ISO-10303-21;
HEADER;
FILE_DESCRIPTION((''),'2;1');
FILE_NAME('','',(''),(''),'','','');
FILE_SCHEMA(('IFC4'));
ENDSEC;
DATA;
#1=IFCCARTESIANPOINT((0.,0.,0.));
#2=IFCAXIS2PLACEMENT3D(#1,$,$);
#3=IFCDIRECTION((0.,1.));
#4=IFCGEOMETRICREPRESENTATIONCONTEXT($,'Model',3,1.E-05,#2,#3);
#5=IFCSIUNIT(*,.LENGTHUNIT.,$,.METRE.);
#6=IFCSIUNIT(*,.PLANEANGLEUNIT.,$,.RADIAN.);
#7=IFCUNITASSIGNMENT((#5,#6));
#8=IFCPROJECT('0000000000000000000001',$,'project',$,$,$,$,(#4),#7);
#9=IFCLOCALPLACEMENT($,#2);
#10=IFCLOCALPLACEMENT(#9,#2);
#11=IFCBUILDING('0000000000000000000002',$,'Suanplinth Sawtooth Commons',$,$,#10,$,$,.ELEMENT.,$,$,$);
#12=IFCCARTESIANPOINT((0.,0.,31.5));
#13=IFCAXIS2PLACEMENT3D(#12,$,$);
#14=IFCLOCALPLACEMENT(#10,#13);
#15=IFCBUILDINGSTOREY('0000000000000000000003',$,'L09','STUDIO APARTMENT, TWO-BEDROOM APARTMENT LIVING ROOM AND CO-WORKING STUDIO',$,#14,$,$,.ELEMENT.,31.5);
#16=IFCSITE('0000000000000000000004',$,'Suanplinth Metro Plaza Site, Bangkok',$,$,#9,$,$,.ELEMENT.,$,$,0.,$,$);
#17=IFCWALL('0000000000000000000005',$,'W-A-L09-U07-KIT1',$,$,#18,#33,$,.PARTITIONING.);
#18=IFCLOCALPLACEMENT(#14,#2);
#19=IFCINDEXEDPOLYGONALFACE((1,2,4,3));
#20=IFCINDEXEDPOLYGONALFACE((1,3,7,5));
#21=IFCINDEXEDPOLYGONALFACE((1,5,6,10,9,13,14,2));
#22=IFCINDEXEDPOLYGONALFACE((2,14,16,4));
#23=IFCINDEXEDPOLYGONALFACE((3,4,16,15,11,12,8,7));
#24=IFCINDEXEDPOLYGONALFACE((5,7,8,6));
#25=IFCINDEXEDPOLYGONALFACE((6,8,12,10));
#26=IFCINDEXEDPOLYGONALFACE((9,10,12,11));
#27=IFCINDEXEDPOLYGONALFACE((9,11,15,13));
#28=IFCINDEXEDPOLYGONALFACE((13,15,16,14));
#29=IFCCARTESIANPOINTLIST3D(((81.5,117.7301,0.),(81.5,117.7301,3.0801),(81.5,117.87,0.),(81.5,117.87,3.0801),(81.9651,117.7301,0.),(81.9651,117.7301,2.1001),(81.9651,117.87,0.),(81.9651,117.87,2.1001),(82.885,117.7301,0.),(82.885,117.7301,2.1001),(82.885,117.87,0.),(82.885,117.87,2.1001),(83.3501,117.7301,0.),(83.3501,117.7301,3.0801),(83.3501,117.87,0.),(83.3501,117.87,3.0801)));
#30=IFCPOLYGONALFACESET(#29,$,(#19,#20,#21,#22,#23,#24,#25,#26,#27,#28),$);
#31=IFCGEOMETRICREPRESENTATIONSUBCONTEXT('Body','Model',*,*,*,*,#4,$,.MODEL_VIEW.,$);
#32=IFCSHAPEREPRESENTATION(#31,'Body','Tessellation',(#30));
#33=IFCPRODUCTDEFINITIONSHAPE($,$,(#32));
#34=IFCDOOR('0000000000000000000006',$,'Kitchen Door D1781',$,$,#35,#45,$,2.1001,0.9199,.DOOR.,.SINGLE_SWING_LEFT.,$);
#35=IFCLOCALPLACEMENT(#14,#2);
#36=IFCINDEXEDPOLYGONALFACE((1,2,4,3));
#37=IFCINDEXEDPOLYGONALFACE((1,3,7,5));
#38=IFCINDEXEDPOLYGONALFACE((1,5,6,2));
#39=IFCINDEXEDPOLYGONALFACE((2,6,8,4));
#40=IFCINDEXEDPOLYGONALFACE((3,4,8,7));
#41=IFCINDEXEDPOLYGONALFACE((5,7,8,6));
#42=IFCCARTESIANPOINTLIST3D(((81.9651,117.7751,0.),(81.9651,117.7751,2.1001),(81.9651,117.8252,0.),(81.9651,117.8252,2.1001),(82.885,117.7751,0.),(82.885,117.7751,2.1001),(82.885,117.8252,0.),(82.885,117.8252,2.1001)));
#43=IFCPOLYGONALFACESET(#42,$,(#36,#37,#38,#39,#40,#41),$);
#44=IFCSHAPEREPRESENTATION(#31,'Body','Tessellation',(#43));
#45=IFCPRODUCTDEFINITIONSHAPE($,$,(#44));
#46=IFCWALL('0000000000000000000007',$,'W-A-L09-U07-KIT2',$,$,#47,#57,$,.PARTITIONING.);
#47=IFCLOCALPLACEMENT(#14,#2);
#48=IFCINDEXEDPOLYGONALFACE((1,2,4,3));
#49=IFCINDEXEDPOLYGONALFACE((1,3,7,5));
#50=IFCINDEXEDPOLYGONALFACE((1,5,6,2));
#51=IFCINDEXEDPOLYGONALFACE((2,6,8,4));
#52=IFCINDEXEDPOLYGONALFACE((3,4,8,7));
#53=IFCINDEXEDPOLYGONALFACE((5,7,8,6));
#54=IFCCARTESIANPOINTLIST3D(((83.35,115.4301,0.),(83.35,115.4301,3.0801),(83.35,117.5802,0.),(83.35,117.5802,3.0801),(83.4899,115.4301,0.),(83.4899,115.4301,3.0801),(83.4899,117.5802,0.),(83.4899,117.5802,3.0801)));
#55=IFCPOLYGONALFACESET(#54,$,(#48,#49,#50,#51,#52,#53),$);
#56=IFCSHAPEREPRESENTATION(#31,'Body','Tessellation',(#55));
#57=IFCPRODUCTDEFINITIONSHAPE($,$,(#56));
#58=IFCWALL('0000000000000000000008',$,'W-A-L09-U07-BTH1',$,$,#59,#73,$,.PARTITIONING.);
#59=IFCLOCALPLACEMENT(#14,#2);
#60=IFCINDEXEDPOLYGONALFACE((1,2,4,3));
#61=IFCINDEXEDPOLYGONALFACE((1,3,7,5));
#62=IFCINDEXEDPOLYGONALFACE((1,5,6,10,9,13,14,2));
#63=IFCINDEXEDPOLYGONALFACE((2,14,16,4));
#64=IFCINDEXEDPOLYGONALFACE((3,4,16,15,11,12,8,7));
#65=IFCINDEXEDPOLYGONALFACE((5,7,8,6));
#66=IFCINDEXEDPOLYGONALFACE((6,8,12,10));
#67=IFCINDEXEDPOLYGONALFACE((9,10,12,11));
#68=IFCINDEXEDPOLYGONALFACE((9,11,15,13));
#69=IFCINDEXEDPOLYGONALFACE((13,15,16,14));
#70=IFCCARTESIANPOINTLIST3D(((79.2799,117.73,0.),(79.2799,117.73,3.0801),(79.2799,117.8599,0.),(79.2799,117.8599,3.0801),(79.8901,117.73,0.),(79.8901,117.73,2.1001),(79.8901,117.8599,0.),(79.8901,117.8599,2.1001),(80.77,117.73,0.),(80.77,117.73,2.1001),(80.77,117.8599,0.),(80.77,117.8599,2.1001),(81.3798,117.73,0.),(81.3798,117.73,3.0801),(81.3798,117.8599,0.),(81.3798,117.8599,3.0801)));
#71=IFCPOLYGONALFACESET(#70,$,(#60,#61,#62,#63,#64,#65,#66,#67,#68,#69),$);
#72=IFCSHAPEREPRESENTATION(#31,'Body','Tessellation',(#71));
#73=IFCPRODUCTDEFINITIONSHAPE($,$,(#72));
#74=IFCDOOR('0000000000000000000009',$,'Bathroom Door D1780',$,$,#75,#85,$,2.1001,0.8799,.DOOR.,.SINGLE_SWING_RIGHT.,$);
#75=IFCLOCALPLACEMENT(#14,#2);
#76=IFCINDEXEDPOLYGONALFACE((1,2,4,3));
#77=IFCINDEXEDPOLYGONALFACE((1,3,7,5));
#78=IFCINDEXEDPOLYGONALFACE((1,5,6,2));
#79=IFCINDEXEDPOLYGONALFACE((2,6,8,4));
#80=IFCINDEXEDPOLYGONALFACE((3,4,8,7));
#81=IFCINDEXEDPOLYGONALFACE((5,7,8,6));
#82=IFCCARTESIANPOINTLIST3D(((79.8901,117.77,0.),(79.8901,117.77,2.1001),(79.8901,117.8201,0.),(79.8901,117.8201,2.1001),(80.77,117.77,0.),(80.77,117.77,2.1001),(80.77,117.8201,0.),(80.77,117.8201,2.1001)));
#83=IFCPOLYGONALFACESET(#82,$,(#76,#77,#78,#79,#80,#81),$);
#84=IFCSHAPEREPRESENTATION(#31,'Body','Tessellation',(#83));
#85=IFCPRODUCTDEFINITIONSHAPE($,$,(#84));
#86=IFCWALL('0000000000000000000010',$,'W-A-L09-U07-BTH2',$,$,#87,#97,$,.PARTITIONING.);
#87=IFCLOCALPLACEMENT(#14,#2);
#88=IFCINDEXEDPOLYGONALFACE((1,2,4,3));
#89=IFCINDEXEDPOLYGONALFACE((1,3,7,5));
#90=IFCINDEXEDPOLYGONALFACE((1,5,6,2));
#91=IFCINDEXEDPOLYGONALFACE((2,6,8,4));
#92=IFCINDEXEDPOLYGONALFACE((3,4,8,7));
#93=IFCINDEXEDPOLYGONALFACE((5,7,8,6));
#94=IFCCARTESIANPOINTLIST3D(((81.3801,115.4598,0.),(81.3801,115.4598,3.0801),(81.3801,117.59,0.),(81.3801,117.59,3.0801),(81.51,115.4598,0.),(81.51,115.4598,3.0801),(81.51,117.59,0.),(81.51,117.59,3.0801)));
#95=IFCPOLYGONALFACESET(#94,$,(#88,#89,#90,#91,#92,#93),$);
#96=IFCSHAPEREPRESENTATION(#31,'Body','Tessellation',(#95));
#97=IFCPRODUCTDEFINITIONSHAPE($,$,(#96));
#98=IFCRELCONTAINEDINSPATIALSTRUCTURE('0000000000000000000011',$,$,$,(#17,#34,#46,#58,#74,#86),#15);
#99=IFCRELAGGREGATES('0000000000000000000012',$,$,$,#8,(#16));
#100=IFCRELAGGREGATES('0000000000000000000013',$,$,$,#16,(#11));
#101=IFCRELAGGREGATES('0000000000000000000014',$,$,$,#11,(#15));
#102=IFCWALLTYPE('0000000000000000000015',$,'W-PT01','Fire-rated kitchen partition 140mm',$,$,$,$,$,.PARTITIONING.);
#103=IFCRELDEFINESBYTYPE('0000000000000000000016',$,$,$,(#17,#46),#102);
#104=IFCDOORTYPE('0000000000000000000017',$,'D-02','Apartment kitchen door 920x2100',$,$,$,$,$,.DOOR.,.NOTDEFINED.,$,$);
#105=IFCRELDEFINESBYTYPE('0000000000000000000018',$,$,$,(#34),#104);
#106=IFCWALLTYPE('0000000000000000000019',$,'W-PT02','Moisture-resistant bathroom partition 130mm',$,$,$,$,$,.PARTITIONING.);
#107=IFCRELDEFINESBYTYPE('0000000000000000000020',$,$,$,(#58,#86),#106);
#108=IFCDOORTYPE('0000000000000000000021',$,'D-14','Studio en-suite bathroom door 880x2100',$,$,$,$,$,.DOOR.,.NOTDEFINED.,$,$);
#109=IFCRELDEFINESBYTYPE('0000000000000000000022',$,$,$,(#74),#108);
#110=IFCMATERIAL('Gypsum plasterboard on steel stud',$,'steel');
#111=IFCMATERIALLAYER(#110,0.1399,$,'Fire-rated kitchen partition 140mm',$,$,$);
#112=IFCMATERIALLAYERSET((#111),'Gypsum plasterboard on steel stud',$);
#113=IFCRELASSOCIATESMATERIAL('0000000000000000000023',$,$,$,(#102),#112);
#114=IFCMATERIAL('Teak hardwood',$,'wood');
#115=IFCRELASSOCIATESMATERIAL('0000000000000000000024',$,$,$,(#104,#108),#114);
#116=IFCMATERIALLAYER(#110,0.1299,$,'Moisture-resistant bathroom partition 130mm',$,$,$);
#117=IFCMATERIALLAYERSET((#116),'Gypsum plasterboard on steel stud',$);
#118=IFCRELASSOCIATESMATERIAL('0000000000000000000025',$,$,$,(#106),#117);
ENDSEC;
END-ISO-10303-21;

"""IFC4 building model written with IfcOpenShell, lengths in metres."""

from ifc_helpers import new_model, si_unit, direction, frame, frame_2d, origin, place, context, subcontext, project, spatial, rectangle, extrude, material, layer, layer_set, type_object, element, fill, save


model = new_model("IFC4")

# Units and contexts
model_context = context("Model", 3, precision=1e-05, world=origin(), true_north=direction((0.0, 1.0)))
body_context = subcontext(model_context, "Body", "Model", "MODEL_VIEW")
ifc_project = project(units=[si_unit("LENGTHUNIT", "METRE"), si_unit("PLANEANGLEUNIT", "RADIAN")], contexts=[model_context])

# Site, building, storey
site_placement = place(None, origin())
site = spatial("IfcSite", under=ifc_project, at=site_placement, Name="Suanplinth Metro Plaza Site, Bangkok", CompositionType="ELEMENT", RefElevation=0.0)
building_placement = place(site_placement, origin())
building = spatial("IfcBuilding", under=site, at=building_placement, Name="Suanplinth Sawtooth Commons", CompositionType="ELEMENT")
storey_placement = place(building_placement, frame((0.0, 0.0, 31.5)))
storey = spatial("IfcBuildingStorey", under=building, at=storey_placement, Name="L09", Description="STUDIO APARTMENT, TWO-BEDROOM APARTMENT LIVING ROOM AND CO-WORKING STUDIO", CompositionType="ELEMENT", Elevation=31.5)

# Wall, opening, door
ifc_material_1 = material(Name="Gypsum plasterboard on steel stud", Category="steel")
ifc_layer_1 = layer(ifc_material_1, 0.1399, Name="Fire-rated kitchen partition 140mm")
ifc_layer_set_1 = layer_set([ifc_layer_1], Name="Gypsum plasterboard on steel stud")
wall_type_1 = type_object("IfcWallType", Name="W-PT01", Description="Fire-rated kitchen partition 140mm", PredefinedType="PARTITIONING", material=ifc_layer_set_1)
wall_1_placement = place(storey_placement, frame((81.5, 117.8, 0.0), z_axis=(0.0, 0.0, 1.0), x_axis=(1.0, 0.0, 0.0)))
wall_1 = element("IfcWall", 1, at=wall_1_placement, inside=storey, type_object=wall_type_1, Name="W-A-L09-U07-KIT1", PredefinedType="PARTITIONING", context=body_context, shape_type="SweptSolid", body=[
    extrude(rectangle(XDim=1.8501, YDim=0.1399, at=frame_2d((0.925, 0.0))), origin(), (0.0, 0.0, 1.0), 3.0801),
])
opening_1_placement = place(wall_1_placement, frame((0.4651, 0.0, 0.0)))
opening_1 = element("IfcOpeningElement", 2, at=opening_1_placement, cuts=wall_1, PredefinedType="OPENING", context=body_context, shape_type="SweptSolid", body=[
    extrude(rectangle(XDim=0.9199, YDim=2.1001, at=frame_2d((0.46, 1.05))), frame((0.0, 0.085, 0.0), z_axis=(0.0, -1.0, 0.0), x_axis=(1.0, 0.0, 0.0)), (0.0, 0.0, 1.0), 0.1697),
])
ifc_material_2 = material(Name="Teak hardwood", Category="wood")
door_type_1 = type_object("IfcDoorType", Name="D-02", Description="Apartment kitchen door 920x2100", OperationType="NOTDEFINED", PredefinedType="DOOR", material=ifc_material_2)
door_1_placement = place(opening_1_placement, frame((0.9199, 0.0, 0.0), z_axis=(0.0, 0.0, 1.0), x_axis=(-1.0, 0.0, 0.0)))
door_1 = element("IfcDoor", 3, at=door_1_placement, inside=storey, type_object=door_type_1, Name="Kitchen Door D1781", OperationType="SINGLE_SWING_LEFT", OverallHeight=2.1001, OverallWidth=0.9199, PredefinedType="DOOR", context=body_context, shape_type="SweptSolid", body=[
    extrude(rectangle(XDim=0.9199, YDim=2.1001, at=frame_2d((0.46, 1.05))), frame((0.0, 0.0249, 0.0), z_axis=(0.0, -1.0, 0.0), x_axis=(1.0, 0.0, 0.0)), (0.0, 0.0, 1.0), 0.05),
])
fill(opening_1, door_1)

# Wall
wall_2_placement = place(storey_placement, frame((83.4199, 115.4299, 0.0), z_axis=(0.0, 0.0, 1.0), x_axis=(0.0, 1.0, 0.0)))
element("IfcWall", 4, at=wall_2_placement, inside=storey, type_object=wall_type_1, Name="W-A-L09-U07-KIT2", PredefinedType="PARTITIONING", context=body_context, shape_type="SweptSolid", body=[
    extrude(rectangle(XDim=2.1501, YDim=0.1399, at=frame_2d((1.0752, 0.0))), origin(), (0.0, 0.0, 1.0), 3.0801),
])

# Wall, opening, door
ifc_layer_2 = layer(ifc_material_1, 0.1299, Name="Moisture-resistant bathroom partition 130mm")
ifc_layer_set_2 = layer_set([ifc_layer_2], Name="Gypsum plasterboard on steel stud")
wall_type_2 = type_object("IfcWallType", Name="W-PT02", Description="Moisture-resistant bathroom partition 130mm", PredefinedType="PARTITIONING", material=ifc_layer_set_2)
wall_3_placement = place(storey_placement, frame((79.28, 117.7949, 0.0), z_axis=(0.0, 0.0, 1.0), x_axis=(1.0, 0.0, 0.0)))
wall_3 = element("IfcWall", 5, at=wall_3_placement, inside=storey, type_object=wall_type_2, Name="W-A-L09-U07-BTH1", PredefinedType="PARTITIONING", context=body_context, shape_type="SweptSolid", body=[
    extrude(rectangle(XDim=2.0999, YDim=0.1299, at=frame_2d((1.0498, 0.0))), origin(), (0.0, 0.0, 1.0), 3.0801),
])
opening_2_placement = place(wall_3_placement, frame((0.6101, 0.0, 0.0)))
opening_2 = element("IfcOpeningElement", 6, at=opening_2_placement, cuts=wall_3, PredefinedType="OPENING", context=body_context, shape_type="SweptSolid", body=[
    extrude(rectangle(XDim=0.8799, YDim=2.1001, at=frame_2d((0.4399, 1.05))), frame((0.0, 0.0798, 0.0), z_axis=(0.0, -1.0, 0.0), x_axis=(1.0, 0.0, 0.0)), (0.0, 0.0, 1.0), 0.1597),
])
door_type_2 = type_object("IfcDoorType", Name="D-14", Description="Studio en-suite bathroom door 880x2100", OperationType="NOTDEFINED", PredefinedType="DOOR", material=ifc_material_2)
door_2_placement = place(opening_2_placement, frame((0.8799, 0.0, 0.0), z_axis=(0.0, 0.0, 1.0), x_axis=(-1.0, 0.0, 0.0)))
door_2 = element("IfcDoor", 7, at=door_2_placement, inside=storey, type_object=door_type_2, Name="Bathroom Door D1780", OperationType="SINGLE_SWING_RIGHT", OverallHeight=2.1001, OverallWidth=0.8799, PredefinedType="DOOR", context=body_context, shape_type="SweptSolid", body=[
    extrude(rectangle(XDim=0.8799, YDim=2.1001, at=frame_2d((0.4399, 1.05))), frame((0.0, 0.0249, 0.0), z_axis=(0.0, -1.0, 0.0), x_axis=(1.0, 0.0, 0.0)), (0.0, 0.0, 1.0), 0.05),
])
fill(opening_2, door_2)

# Wall
wall_4_placement = place(storey_placement, frame((81.4451, 115.46, 0.0), z_axis=(0.0, 0.0, 1.0), x_axis=(0.0, 1.0, 0.0)))
element("IfcWall", 8, at=wall_4_placement, inside=storey, type_object=wall_type_2, Name="W-A-L09-U07-BTH2", PredefinedType="PARTITIONING", context=body_context, shape_type="SweptSolid", body=[
    extrude(rectangle(XDim=2.1301, YDim=0.1299, at=frame_2d((1.0649, 0.0))), origin(), (0.0, 0.0, 1.0), 3.0801),
])

save(model, "model.ifc")
